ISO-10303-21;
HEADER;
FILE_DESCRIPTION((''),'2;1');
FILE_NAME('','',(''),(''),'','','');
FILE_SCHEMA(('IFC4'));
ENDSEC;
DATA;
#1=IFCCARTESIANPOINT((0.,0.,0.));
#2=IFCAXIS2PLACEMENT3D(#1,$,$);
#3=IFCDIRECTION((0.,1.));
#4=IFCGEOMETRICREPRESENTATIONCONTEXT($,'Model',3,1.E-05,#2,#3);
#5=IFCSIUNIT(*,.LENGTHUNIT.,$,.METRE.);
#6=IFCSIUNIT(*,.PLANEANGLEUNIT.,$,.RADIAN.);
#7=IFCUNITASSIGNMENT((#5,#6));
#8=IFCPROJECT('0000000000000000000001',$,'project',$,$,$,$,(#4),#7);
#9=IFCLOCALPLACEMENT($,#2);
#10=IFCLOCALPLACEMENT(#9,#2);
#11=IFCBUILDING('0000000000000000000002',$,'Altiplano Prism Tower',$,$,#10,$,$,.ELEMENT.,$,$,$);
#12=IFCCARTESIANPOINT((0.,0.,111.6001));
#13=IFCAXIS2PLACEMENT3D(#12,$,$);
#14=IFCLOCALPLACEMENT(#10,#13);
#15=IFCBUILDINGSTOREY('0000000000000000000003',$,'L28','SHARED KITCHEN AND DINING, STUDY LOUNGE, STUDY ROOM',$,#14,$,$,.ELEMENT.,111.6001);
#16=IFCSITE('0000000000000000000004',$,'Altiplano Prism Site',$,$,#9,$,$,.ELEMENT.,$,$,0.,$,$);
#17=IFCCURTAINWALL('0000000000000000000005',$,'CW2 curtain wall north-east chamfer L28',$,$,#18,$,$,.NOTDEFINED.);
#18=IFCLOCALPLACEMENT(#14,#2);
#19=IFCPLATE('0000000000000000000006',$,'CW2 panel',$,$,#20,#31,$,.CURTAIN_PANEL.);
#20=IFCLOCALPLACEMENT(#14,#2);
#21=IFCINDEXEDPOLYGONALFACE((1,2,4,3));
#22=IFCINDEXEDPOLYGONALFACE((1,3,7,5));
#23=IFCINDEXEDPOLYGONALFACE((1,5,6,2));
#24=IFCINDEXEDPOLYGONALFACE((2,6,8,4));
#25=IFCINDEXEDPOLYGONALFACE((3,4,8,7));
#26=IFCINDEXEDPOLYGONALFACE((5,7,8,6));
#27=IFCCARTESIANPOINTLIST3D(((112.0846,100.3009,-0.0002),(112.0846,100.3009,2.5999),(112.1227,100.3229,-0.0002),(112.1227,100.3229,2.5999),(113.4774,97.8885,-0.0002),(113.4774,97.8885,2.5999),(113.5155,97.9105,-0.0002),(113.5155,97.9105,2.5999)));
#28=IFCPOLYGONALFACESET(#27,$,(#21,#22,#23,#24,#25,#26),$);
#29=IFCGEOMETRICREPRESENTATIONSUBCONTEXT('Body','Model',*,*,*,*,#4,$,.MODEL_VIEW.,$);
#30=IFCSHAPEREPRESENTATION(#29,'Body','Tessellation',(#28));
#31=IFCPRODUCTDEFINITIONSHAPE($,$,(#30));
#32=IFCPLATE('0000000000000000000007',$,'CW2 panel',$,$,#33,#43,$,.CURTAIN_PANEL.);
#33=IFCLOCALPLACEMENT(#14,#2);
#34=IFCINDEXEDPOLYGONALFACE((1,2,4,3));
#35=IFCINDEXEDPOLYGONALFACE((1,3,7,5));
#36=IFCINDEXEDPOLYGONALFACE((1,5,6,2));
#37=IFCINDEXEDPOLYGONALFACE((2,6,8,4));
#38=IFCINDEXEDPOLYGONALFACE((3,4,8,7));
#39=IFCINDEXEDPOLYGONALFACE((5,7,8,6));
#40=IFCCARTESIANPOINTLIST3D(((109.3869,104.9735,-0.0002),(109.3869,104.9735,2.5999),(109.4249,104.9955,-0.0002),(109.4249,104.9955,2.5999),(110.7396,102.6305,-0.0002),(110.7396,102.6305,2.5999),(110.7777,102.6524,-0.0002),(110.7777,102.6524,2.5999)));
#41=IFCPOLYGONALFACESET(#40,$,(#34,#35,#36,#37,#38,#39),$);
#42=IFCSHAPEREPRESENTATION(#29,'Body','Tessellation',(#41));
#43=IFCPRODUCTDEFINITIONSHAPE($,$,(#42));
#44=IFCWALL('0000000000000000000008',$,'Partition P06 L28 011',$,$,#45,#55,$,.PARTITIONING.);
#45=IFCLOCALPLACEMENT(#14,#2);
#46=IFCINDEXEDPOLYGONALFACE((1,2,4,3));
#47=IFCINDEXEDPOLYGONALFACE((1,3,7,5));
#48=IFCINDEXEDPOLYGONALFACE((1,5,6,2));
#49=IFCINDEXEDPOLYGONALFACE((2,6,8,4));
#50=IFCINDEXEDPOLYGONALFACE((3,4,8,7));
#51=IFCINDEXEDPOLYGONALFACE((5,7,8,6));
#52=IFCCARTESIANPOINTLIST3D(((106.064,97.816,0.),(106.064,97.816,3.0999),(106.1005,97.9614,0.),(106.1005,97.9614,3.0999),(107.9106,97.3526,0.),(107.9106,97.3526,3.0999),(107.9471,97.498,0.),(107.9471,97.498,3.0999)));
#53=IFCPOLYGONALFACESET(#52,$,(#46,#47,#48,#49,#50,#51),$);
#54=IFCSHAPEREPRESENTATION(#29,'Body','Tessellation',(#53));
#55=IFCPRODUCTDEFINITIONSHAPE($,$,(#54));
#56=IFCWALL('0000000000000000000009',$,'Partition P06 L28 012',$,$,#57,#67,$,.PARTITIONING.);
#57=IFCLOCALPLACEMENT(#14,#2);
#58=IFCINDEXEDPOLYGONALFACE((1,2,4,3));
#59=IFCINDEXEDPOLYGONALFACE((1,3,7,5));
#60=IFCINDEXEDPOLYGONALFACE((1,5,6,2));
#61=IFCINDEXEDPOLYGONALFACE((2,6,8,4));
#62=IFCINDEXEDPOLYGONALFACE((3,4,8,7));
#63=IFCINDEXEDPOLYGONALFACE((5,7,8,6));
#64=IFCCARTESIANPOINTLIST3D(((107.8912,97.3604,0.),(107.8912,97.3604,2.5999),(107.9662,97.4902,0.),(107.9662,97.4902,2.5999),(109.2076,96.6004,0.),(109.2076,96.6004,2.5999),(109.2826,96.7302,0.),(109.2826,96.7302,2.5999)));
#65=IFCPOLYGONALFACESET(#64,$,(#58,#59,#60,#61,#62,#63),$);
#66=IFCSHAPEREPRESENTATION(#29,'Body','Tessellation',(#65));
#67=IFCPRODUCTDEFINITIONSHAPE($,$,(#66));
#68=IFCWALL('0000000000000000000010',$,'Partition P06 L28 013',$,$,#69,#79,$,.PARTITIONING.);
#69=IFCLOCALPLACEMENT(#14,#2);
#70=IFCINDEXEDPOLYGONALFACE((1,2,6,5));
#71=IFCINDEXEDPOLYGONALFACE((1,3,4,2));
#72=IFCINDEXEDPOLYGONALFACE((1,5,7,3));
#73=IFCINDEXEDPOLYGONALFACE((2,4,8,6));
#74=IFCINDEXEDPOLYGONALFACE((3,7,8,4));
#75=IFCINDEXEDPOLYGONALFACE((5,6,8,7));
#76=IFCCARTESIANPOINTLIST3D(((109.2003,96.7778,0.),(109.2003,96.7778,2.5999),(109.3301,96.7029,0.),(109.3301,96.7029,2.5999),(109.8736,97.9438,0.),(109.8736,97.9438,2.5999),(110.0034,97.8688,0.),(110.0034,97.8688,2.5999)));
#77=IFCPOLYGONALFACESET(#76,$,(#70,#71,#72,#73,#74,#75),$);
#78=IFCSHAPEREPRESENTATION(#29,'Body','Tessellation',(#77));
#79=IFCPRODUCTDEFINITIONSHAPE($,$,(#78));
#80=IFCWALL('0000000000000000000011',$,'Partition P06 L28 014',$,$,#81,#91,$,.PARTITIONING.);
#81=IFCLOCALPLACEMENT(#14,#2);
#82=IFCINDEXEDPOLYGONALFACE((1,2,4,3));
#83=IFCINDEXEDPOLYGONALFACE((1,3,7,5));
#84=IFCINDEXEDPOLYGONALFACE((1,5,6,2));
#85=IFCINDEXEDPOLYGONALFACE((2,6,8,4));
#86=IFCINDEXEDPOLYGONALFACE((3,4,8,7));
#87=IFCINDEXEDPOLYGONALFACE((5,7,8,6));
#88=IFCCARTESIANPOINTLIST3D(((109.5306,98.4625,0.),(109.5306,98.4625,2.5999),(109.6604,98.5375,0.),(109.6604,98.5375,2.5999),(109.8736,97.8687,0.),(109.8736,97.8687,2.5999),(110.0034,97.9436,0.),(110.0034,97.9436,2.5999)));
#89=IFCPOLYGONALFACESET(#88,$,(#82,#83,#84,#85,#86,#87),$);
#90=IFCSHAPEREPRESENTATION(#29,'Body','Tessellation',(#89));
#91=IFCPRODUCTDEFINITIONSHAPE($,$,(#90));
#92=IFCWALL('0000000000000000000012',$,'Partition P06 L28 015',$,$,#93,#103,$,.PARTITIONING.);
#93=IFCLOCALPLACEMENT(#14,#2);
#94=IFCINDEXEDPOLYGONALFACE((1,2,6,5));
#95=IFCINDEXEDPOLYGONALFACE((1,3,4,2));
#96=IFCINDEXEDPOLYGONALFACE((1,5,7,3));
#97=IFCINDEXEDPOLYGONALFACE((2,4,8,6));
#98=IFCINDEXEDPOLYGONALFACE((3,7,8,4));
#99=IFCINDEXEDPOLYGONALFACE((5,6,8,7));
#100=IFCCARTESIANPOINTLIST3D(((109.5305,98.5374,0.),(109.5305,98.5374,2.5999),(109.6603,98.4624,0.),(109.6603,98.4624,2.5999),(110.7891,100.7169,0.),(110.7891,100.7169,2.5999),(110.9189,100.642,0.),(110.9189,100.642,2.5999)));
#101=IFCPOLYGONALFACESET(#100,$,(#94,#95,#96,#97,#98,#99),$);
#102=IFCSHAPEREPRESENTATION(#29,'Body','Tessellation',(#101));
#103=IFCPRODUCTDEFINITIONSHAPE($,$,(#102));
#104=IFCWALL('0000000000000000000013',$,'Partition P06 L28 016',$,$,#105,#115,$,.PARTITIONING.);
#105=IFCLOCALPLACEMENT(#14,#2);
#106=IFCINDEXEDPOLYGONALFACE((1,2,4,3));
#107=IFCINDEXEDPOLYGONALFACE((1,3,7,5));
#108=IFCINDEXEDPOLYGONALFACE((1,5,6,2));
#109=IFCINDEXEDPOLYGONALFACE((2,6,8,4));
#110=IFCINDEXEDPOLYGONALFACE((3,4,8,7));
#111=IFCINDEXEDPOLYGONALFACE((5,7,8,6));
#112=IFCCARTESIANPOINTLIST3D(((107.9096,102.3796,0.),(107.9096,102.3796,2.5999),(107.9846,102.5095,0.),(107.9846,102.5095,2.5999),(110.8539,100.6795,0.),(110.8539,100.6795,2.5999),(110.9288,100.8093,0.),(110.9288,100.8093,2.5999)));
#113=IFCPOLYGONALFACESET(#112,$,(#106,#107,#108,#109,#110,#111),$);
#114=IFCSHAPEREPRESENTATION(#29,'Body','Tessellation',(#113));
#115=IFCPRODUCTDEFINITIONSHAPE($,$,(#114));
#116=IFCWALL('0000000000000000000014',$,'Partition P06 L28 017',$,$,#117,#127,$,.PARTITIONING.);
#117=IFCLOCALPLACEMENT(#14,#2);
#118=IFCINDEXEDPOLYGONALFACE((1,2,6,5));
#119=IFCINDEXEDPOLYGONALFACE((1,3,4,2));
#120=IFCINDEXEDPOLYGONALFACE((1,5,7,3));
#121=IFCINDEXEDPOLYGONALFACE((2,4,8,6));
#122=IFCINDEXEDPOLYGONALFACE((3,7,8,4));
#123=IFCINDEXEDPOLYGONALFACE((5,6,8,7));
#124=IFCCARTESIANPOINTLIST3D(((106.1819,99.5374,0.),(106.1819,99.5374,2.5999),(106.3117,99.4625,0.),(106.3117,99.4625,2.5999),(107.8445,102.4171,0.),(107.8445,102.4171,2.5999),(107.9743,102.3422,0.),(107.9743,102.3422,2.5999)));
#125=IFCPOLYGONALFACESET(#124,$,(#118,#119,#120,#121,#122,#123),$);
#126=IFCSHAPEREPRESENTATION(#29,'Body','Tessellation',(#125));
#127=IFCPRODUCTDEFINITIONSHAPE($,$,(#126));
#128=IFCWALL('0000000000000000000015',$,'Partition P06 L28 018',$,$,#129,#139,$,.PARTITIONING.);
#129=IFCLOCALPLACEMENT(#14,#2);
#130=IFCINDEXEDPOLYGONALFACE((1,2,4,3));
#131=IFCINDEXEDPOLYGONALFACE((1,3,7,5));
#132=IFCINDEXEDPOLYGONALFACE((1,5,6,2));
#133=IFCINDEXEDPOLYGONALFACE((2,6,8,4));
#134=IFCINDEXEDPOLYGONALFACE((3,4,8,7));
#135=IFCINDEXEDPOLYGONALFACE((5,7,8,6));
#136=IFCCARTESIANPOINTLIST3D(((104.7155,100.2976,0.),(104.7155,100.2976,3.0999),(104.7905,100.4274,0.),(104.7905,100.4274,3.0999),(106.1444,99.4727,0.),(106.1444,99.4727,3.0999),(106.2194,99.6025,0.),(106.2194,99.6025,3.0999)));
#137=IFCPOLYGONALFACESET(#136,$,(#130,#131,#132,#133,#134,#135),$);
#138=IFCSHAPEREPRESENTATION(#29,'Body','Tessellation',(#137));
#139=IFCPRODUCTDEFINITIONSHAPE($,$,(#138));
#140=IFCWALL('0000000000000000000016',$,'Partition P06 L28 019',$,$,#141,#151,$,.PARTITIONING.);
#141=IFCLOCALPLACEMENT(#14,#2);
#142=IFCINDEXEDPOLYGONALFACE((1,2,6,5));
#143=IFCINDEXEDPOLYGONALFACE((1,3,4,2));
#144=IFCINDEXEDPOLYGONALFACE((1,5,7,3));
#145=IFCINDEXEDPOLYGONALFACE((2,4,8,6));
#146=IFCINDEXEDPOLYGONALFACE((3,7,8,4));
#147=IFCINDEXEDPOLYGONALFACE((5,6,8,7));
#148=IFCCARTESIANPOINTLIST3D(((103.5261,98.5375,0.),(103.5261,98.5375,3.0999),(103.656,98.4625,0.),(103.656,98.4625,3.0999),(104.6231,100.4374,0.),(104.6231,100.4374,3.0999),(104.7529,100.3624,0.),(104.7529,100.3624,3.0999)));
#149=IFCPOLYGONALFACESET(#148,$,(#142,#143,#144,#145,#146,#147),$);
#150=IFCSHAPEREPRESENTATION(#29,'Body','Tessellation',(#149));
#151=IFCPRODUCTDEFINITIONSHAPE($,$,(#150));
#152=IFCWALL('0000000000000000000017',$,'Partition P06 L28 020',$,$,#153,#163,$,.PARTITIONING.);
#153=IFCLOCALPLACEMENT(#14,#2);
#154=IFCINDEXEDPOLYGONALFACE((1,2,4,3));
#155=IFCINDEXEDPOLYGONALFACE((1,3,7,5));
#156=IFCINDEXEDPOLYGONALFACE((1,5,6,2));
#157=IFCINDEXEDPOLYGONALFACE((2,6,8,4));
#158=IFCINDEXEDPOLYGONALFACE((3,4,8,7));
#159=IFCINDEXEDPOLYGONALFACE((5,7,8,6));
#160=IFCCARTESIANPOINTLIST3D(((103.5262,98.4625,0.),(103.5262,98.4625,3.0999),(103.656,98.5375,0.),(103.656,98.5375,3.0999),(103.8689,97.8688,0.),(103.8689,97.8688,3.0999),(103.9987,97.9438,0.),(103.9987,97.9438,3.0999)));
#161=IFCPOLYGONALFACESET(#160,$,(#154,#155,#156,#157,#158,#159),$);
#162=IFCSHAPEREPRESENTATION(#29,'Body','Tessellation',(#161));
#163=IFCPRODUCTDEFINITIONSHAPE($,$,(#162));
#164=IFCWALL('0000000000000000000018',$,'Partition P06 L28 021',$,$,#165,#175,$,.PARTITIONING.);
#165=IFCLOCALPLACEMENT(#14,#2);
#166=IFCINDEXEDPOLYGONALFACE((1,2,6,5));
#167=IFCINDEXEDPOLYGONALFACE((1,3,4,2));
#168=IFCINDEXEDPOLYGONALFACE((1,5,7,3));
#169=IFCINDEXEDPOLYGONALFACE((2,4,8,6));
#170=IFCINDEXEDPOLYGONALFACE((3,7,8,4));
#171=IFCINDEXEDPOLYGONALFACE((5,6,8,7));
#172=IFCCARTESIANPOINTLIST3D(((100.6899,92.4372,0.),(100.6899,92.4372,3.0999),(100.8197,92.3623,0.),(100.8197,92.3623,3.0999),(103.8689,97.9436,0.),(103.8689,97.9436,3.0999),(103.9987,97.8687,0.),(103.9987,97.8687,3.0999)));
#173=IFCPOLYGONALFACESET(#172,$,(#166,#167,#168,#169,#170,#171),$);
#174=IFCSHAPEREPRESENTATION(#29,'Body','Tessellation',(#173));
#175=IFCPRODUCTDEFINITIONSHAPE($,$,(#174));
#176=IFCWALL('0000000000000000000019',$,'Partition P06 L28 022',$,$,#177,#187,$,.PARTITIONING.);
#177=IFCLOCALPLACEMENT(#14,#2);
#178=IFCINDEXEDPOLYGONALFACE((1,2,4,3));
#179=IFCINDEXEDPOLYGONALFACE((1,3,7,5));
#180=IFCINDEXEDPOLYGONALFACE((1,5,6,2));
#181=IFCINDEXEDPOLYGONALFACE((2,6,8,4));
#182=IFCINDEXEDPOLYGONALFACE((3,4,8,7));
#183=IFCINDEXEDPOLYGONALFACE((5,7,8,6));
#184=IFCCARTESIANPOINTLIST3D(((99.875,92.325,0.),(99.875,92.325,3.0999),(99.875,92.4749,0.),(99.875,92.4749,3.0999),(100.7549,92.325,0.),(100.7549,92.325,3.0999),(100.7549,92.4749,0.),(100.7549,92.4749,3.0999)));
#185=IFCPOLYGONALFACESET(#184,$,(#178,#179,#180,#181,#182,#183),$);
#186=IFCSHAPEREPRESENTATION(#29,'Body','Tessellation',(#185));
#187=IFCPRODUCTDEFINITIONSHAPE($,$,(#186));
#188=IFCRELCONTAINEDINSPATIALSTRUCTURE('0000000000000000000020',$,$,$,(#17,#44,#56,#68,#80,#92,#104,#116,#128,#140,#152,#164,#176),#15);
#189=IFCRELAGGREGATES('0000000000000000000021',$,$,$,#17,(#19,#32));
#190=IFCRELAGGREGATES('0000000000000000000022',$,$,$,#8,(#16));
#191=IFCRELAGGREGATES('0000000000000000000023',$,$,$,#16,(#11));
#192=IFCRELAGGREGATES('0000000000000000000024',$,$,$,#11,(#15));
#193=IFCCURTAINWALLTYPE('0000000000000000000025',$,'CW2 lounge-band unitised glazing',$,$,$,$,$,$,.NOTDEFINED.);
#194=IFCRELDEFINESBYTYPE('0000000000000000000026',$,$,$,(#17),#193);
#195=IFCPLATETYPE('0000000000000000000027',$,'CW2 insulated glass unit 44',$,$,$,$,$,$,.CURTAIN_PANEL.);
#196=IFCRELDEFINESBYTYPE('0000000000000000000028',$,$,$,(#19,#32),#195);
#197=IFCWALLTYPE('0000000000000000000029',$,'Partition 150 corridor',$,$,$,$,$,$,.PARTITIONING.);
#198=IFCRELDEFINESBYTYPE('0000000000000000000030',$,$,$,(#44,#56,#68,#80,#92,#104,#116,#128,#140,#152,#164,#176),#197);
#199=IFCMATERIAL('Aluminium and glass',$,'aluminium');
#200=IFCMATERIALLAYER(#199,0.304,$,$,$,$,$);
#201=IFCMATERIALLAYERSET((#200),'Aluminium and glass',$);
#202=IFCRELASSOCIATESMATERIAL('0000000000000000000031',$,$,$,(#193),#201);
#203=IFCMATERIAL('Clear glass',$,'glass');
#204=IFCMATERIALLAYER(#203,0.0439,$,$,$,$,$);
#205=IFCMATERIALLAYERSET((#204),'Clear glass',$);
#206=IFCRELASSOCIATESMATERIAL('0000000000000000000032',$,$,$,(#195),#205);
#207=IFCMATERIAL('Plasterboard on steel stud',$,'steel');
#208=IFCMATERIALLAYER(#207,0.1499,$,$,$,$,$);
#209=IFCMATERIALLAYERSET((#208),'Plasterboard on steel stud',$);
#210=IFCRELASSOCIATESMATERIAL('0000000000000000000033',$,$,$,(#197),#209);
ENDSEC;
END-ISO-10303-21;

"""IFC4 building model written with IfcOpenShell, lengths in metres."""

from ifc_helpers import new_model, si_unit, direction, frame, frame_2d, origin, origin_2d, place, context, subcontext, project, spatial, rectangle, extrude, material, layer, layer_set, type_object, element, aggregate, save


model = new_model("IFC4")

# Units and contexts
model_context = context("Model", 3, precision=1e-05, world=origin(), true_north=direction((0.0, 1.0)))
body_context = subcontext(model_context, "Body", "Model", "MODEL_VIEW")
ifc_project = project(units=[si_unit("LENGTHUNIT", "METRE"), si_unit("PLANEANGLEUNIT", "RADIAN")], contexts=[model_context])

# Site, building, storey
site_placement = place(None, origin())
site = spatial("IfcSite", under=ifc_project, at=site_placement, Name="Altiplano Prism Site", CompositionType="ELEMENT", RefElevation=0.0)
building_placement = place(site_placement, origin())
building = spatial("IfcBuilding", under=site, at=building_placement, Name="Altiplano Prism Tower", CompositionType="ELEMENT")
storey_placement = place(building_placement, frame((0.0, 0.0, 111.6001)))
storey = spatial("IfcBuildingStorey", under=building, at=storey_placement, Name="L28", Description="SHARED KITCHEN AND DINING, STUDY LOUNGE, STUDY ROOM", CompositionType="ELEMENT", Elevation=111.6001)

# Curtain wall
ifc_material_1 = material(Name="Aluminium and glass", Category="aluminium")
ifc_layer_1 = layer(ifc_material_1, 0.304)
ifc_layer_set_1 = layer_set([ifc_layer_1], Name="Aluminium and glass")
curtain_wall_type = type_object("IfcCurtainWallType", Name="CW2 lounge-band unitised glazing", PredefinedType="NOTDEFINED", material=ifc_layer_set_1)
curtain_wall_1_placement = place(storey_placement, origin())
curtain_wall_1 = element("IfcCurtainWall", 1, at=curtain_wall_1_placement, inside=storey, type_object=curtain_wall_type, Name="CW2 curtain wall north-east chamfer L28", PredefinedType="NOTDEFINED")

# Plates
ifc_material_2 = material(Name="Clear glass", Category="glass")
ifc_layer_2 = layer(ifc_material_2, 0.0439)
ifc_layer_set_2 = layer_set([ifc_layer_2], Name="Clear glass")
plate_type = type_object("IfcPlateType", Name="CW2 insulated glass unit 44", PredefinedType="CURTAIN_PANEL", material=ifc_layer_set_2)
plate_1_placement = place(storey_placement, frame((112.8, 99.1057, -0.0002), z_axis=(0.0, 0.0, 1.0), x_axis=(-0.5, 0.866025, 0.0)))
plate_1 = element("IfcPlate", 2, at=plate_1_placement, type_object=plate_type, Name="CW2 panel", PredefinedType="CURTAIN_PANEL", context=body_context, shape_type="SweptSolid", body=[
    extrude(rectangle(XDim=2.7856, YDim=0.0439, at=origin_2d()), origin(), (0.0, 0.0, 1.0), 2.6001),
])
plate_2_placement = place(storey_placement, frame((110.0823, 103.813, -0.0002), z_axis=(0.0, 0.0, 1.0), x_axis=(-0.5, 0.866025, 0.0)))
plate_2 = element("IfcPlate", 3, at=plate_2_placement, type_object=plate_type, Name="CW2 panel", PredefinedType="CURTAIN_PANEL", context=body_context, shape_type="SweptSolid", body=[
    extrude(rectangle(XDim=2.7056, YDim=0.0439, at=origin_2d()), origin(), (0.0, 0.0, 1.0), 2.6001),
])
aggregate(curtain_wall_1, [plate_1, plate_2])

# Walls
ifc_material_3 = material(Name="Plasterboard on steel stud", Category="steel")
ifc_layer_3 = layer(ifc_material_3, 0.1499)
ifc_layer_set_3 = layer_set([ifc_layer_3], Name="Plasterboard on steel stud")
wall_type_1 = type_object("IfcWallType", Name="Partition 150 corridor", PredefinedType="PARTITIONING", material=ifc_layer_set_3)
wall_1_placement = place(storey_placement, frame((106.0823, 97.8887, 0.0), z_axis=(0.0, 0.0, 1.0), x_axis=(0.969923, -0.243411, 0.0)))
element("IfcWall", 4, at=wall_1_placement, inside=storey, type_object=wall_type_1, Name="Partition P06 L28 011", PredefinedType="PARTITIONING", context=body_context, shape_type="SweptSolid", body=[
    extrude(rectangle(XDim=1.9038, YDim=0.1499, at=frame_2d((0.9519, 0.0))), origin(), (0.0, 0.0, 1.0), 3.0999),
])
wall_2_placement = place(storey_placement, frame((107.9287, 97.4253, 0.0), z_axis=(0.0, 0.0, 1.0), x_axis=(0.86603, -0.499991, 0.0)))
element("IfcWall", 5, at=wall_2_placement, inside=storey, type_object=wall_type_1, Name="Partition P06 L28 012", PredefinedType="PARTITIONING", context=body_context, shape_type="SweptSolid", body=[
    extrude(rectangle(XDim=1.52, YDim=0.1499, at=frame_2d((0.76, 0.0))), origin(), (0.0, 0.0, 1.0), 2.5999),
])
wall_3_placement = place(storey_placement, frame((109.2651, 96.7402, 0.0), z_axis=(0.0, 0.0, 1.0), x_axis=(0.500078, 0.86598, 0.0)))
element("IfcWall", 6, at=wall_3_placement, inside=storey, type_object=wall_type_1, Name="Partition P06 L28 013", PredefinedType="PARTITIONING", context=body_context, shape_type="SweptSolid", body=[
    extrude(rectangle(XDim=1.3464, YDim=0.1499, at=frame_2d((0.6733, 0.0))), origin(), (0.0, 0.0, 1.0), 2.5999),
])
wall_4_placement = place(storey_placement, frame((109.9385, 97.9062, 0.0), z_axis=(0.0, 0.0, 1.0), x_axis=(-0.500236, 0.865889, 0.0)))
element("IfcWall", 7, at=wall_4_placement, inside=storey, type_object=wall_type_1, Name="Partition P06 L28 014", PredefinedType="PARTITIONING", context=body_context, shape_type="SweptSolid", body=[
    extrude(rectangle(XDim=0.6858, YDim=0.1499, at=frame_2d((0.3428, 0.0))), origin(), (0.0, 0.0, 1.0), 2.5999),
])
wall_5_placement = place(storey_placement, frame((109.5955, 98.5, 0.0), z_axis=(0.0, 0.0, 1.0), x_axis=(0.500072, 0.865984, 0.0)))
element("IfcWall", 8, at=wall_5_placement, inside=storey, type_object=wall_type_1, Name="Partition P06 L28 015", PredefinedType="PARTITIONING", context=body_context, shape_type="SweptSolid", body=[
    extrude(rectangle(XDim=2.5168, YDim=0.1499, at=frame_2d((1.2583, 0.0))), origin(), (0.0, 0.0, 1.0), 2.5999),
])
wall_6_placement = place(storey_placement, frame((110.8914, 100.7444, 0.0), z_axis=(0.0, 0.0, 1.0), x_axis=(-0.865989, 0.500062, 0.0)))
element("IfcWall", 9, at=wall_6_placement, inside=storey, type_object=wall_type_1, Name="Partition P06 L28 016", PredefinedType="PARTITIONING", context=body_context, shape_type="SweptSolid", body=[
    extrude(rectangle(XDim=3.3999, YDim=0.1499, at=frame_2d((1.7, 0.0))), origin(), (0.0, 0.0, 1.0), 2.5999),
])
wall_7_placement = place(storey_placement, frame((107.9094, 102.3796, 0.0), z_axis=(0.0, 0.0, 1.0), x_axis=(-0.500008, -0.866021, 0.0)))
element("IfcWall", 10, at=wall_7_placement, inside=storey, type_object=wall_type_1, Name="Partition P06 L28 017", PredefinedType="PARTITIONING", context=body_context, shape_type="SweptSolid", body=[
    extrude(rectangle(XDim=3.3252, YDim=0.1499, at=frame_2d((1.6626, 0.0))), origin(), (0.0, 0.0, 1.0), 2.5999),
])
wall_8_placement = place(storey_placement, frame((106.1819, 99.5376, 0.0), z_axis=(0.0, 0.0, 1.0), x_axis=(-0.86604, 0.499974, 0.0)))
element("IfcWall", 11, at=wall_8_placement, inside=storey, type_object=wall_type_1, Name="Partition P06 L28 018", PredefinedType="PARTITIONING", context=body_context, shape_type="SweptSolid", body=[
    extrude(rectangle(XDim=1.6499, YDim=0.1499, at=frame_2d((0.825, 0.0))), origin(), (0.0, 0.0, 1.0), 3.0999),
])
wall_9_placement = place(storey_placement, frame((104.688, 100.3999, 0.0), z_axis=(0.0, 0.0, 1.0), x_axis=(-0.500005, -0.866023, 0.0)))
element("IfcWall", 12, at=wall_9_placement, inside=storey, type_object=wall_type_1, Name="Partition P06 L28 019", PredefinedType="PARTITIONING", context=body_context, shape_type="SweptSolid", body=[
    extrude(rectangle(XDim=2.1938, YDim=0.1499, at=frame_2d((1.0969, 0.0))), origin(), (0.0, 0.0, 1.0), 3.0999),
])
wall_10_placement = place(storey_placement, frame((103.5911, 98.5, 0.0), z_axis=(0.0, 0.0, 1.0), x_axis=(0.499969, -0.866043, 0.0)))
element("IfcWall", 13, at=wall_10_placement, inside=storey, type_object=wall_type_1, Name="Partition P06 L28 020", PredefinedType="PARTITIONING", context=body_context, shape_type="SweptSolid", body=[
    extrude(rectangle(XDim=0.6855, YDim=0.1499, at=frame_2d((0.3428, 0.0))), origin(), (0.0, 0.0, 1.0), 3.0999),
])
wall_11_placement = place(storey_placement, frame((103.9338, 97.9062, 0.0), z_axis=(0.0, 0.0, 1.0), x_axis=(-0.499984, -0.866035, 0.0)))
element("IfcWall", 14, at=wall_11_placement, inside=storey, type_object=wall_type_1, Name="Partition P06 L28 021", PredefinedType="PARTITIONING", context=body_context, shape_type="SweptSolid", body=[
    extrude(rectangle(XDim=6.3582, YDim=0.1499, at=frame_2d((3.1792, 0.0))), origin(), (0.0, 0.0, 1.0), 3.0999),
])
wall_12_placement = place(storey_placement, frame((100.7549, 92.3999, 0.0), z_axis=(0.0, 0.0, 1.0), x_axis=(-1.0, 0.0, 0.0)))
element("IfcWall", 15, at=wall_12_placement, inside=storey, type_object=wall_type_1, Name="Partition P06 L28 022", PredefinedType="PARTITIONING", context=body_context, shape_type="SweptSolid", body=[
    extrude(rectangle(XDim=0.8799, YDim=0.1499, at=frame_2d((0.4399, 0.0))), origin(), (0.0, 0.0, 1.0), 3.0999),
])

save(model, "model.ifc")
